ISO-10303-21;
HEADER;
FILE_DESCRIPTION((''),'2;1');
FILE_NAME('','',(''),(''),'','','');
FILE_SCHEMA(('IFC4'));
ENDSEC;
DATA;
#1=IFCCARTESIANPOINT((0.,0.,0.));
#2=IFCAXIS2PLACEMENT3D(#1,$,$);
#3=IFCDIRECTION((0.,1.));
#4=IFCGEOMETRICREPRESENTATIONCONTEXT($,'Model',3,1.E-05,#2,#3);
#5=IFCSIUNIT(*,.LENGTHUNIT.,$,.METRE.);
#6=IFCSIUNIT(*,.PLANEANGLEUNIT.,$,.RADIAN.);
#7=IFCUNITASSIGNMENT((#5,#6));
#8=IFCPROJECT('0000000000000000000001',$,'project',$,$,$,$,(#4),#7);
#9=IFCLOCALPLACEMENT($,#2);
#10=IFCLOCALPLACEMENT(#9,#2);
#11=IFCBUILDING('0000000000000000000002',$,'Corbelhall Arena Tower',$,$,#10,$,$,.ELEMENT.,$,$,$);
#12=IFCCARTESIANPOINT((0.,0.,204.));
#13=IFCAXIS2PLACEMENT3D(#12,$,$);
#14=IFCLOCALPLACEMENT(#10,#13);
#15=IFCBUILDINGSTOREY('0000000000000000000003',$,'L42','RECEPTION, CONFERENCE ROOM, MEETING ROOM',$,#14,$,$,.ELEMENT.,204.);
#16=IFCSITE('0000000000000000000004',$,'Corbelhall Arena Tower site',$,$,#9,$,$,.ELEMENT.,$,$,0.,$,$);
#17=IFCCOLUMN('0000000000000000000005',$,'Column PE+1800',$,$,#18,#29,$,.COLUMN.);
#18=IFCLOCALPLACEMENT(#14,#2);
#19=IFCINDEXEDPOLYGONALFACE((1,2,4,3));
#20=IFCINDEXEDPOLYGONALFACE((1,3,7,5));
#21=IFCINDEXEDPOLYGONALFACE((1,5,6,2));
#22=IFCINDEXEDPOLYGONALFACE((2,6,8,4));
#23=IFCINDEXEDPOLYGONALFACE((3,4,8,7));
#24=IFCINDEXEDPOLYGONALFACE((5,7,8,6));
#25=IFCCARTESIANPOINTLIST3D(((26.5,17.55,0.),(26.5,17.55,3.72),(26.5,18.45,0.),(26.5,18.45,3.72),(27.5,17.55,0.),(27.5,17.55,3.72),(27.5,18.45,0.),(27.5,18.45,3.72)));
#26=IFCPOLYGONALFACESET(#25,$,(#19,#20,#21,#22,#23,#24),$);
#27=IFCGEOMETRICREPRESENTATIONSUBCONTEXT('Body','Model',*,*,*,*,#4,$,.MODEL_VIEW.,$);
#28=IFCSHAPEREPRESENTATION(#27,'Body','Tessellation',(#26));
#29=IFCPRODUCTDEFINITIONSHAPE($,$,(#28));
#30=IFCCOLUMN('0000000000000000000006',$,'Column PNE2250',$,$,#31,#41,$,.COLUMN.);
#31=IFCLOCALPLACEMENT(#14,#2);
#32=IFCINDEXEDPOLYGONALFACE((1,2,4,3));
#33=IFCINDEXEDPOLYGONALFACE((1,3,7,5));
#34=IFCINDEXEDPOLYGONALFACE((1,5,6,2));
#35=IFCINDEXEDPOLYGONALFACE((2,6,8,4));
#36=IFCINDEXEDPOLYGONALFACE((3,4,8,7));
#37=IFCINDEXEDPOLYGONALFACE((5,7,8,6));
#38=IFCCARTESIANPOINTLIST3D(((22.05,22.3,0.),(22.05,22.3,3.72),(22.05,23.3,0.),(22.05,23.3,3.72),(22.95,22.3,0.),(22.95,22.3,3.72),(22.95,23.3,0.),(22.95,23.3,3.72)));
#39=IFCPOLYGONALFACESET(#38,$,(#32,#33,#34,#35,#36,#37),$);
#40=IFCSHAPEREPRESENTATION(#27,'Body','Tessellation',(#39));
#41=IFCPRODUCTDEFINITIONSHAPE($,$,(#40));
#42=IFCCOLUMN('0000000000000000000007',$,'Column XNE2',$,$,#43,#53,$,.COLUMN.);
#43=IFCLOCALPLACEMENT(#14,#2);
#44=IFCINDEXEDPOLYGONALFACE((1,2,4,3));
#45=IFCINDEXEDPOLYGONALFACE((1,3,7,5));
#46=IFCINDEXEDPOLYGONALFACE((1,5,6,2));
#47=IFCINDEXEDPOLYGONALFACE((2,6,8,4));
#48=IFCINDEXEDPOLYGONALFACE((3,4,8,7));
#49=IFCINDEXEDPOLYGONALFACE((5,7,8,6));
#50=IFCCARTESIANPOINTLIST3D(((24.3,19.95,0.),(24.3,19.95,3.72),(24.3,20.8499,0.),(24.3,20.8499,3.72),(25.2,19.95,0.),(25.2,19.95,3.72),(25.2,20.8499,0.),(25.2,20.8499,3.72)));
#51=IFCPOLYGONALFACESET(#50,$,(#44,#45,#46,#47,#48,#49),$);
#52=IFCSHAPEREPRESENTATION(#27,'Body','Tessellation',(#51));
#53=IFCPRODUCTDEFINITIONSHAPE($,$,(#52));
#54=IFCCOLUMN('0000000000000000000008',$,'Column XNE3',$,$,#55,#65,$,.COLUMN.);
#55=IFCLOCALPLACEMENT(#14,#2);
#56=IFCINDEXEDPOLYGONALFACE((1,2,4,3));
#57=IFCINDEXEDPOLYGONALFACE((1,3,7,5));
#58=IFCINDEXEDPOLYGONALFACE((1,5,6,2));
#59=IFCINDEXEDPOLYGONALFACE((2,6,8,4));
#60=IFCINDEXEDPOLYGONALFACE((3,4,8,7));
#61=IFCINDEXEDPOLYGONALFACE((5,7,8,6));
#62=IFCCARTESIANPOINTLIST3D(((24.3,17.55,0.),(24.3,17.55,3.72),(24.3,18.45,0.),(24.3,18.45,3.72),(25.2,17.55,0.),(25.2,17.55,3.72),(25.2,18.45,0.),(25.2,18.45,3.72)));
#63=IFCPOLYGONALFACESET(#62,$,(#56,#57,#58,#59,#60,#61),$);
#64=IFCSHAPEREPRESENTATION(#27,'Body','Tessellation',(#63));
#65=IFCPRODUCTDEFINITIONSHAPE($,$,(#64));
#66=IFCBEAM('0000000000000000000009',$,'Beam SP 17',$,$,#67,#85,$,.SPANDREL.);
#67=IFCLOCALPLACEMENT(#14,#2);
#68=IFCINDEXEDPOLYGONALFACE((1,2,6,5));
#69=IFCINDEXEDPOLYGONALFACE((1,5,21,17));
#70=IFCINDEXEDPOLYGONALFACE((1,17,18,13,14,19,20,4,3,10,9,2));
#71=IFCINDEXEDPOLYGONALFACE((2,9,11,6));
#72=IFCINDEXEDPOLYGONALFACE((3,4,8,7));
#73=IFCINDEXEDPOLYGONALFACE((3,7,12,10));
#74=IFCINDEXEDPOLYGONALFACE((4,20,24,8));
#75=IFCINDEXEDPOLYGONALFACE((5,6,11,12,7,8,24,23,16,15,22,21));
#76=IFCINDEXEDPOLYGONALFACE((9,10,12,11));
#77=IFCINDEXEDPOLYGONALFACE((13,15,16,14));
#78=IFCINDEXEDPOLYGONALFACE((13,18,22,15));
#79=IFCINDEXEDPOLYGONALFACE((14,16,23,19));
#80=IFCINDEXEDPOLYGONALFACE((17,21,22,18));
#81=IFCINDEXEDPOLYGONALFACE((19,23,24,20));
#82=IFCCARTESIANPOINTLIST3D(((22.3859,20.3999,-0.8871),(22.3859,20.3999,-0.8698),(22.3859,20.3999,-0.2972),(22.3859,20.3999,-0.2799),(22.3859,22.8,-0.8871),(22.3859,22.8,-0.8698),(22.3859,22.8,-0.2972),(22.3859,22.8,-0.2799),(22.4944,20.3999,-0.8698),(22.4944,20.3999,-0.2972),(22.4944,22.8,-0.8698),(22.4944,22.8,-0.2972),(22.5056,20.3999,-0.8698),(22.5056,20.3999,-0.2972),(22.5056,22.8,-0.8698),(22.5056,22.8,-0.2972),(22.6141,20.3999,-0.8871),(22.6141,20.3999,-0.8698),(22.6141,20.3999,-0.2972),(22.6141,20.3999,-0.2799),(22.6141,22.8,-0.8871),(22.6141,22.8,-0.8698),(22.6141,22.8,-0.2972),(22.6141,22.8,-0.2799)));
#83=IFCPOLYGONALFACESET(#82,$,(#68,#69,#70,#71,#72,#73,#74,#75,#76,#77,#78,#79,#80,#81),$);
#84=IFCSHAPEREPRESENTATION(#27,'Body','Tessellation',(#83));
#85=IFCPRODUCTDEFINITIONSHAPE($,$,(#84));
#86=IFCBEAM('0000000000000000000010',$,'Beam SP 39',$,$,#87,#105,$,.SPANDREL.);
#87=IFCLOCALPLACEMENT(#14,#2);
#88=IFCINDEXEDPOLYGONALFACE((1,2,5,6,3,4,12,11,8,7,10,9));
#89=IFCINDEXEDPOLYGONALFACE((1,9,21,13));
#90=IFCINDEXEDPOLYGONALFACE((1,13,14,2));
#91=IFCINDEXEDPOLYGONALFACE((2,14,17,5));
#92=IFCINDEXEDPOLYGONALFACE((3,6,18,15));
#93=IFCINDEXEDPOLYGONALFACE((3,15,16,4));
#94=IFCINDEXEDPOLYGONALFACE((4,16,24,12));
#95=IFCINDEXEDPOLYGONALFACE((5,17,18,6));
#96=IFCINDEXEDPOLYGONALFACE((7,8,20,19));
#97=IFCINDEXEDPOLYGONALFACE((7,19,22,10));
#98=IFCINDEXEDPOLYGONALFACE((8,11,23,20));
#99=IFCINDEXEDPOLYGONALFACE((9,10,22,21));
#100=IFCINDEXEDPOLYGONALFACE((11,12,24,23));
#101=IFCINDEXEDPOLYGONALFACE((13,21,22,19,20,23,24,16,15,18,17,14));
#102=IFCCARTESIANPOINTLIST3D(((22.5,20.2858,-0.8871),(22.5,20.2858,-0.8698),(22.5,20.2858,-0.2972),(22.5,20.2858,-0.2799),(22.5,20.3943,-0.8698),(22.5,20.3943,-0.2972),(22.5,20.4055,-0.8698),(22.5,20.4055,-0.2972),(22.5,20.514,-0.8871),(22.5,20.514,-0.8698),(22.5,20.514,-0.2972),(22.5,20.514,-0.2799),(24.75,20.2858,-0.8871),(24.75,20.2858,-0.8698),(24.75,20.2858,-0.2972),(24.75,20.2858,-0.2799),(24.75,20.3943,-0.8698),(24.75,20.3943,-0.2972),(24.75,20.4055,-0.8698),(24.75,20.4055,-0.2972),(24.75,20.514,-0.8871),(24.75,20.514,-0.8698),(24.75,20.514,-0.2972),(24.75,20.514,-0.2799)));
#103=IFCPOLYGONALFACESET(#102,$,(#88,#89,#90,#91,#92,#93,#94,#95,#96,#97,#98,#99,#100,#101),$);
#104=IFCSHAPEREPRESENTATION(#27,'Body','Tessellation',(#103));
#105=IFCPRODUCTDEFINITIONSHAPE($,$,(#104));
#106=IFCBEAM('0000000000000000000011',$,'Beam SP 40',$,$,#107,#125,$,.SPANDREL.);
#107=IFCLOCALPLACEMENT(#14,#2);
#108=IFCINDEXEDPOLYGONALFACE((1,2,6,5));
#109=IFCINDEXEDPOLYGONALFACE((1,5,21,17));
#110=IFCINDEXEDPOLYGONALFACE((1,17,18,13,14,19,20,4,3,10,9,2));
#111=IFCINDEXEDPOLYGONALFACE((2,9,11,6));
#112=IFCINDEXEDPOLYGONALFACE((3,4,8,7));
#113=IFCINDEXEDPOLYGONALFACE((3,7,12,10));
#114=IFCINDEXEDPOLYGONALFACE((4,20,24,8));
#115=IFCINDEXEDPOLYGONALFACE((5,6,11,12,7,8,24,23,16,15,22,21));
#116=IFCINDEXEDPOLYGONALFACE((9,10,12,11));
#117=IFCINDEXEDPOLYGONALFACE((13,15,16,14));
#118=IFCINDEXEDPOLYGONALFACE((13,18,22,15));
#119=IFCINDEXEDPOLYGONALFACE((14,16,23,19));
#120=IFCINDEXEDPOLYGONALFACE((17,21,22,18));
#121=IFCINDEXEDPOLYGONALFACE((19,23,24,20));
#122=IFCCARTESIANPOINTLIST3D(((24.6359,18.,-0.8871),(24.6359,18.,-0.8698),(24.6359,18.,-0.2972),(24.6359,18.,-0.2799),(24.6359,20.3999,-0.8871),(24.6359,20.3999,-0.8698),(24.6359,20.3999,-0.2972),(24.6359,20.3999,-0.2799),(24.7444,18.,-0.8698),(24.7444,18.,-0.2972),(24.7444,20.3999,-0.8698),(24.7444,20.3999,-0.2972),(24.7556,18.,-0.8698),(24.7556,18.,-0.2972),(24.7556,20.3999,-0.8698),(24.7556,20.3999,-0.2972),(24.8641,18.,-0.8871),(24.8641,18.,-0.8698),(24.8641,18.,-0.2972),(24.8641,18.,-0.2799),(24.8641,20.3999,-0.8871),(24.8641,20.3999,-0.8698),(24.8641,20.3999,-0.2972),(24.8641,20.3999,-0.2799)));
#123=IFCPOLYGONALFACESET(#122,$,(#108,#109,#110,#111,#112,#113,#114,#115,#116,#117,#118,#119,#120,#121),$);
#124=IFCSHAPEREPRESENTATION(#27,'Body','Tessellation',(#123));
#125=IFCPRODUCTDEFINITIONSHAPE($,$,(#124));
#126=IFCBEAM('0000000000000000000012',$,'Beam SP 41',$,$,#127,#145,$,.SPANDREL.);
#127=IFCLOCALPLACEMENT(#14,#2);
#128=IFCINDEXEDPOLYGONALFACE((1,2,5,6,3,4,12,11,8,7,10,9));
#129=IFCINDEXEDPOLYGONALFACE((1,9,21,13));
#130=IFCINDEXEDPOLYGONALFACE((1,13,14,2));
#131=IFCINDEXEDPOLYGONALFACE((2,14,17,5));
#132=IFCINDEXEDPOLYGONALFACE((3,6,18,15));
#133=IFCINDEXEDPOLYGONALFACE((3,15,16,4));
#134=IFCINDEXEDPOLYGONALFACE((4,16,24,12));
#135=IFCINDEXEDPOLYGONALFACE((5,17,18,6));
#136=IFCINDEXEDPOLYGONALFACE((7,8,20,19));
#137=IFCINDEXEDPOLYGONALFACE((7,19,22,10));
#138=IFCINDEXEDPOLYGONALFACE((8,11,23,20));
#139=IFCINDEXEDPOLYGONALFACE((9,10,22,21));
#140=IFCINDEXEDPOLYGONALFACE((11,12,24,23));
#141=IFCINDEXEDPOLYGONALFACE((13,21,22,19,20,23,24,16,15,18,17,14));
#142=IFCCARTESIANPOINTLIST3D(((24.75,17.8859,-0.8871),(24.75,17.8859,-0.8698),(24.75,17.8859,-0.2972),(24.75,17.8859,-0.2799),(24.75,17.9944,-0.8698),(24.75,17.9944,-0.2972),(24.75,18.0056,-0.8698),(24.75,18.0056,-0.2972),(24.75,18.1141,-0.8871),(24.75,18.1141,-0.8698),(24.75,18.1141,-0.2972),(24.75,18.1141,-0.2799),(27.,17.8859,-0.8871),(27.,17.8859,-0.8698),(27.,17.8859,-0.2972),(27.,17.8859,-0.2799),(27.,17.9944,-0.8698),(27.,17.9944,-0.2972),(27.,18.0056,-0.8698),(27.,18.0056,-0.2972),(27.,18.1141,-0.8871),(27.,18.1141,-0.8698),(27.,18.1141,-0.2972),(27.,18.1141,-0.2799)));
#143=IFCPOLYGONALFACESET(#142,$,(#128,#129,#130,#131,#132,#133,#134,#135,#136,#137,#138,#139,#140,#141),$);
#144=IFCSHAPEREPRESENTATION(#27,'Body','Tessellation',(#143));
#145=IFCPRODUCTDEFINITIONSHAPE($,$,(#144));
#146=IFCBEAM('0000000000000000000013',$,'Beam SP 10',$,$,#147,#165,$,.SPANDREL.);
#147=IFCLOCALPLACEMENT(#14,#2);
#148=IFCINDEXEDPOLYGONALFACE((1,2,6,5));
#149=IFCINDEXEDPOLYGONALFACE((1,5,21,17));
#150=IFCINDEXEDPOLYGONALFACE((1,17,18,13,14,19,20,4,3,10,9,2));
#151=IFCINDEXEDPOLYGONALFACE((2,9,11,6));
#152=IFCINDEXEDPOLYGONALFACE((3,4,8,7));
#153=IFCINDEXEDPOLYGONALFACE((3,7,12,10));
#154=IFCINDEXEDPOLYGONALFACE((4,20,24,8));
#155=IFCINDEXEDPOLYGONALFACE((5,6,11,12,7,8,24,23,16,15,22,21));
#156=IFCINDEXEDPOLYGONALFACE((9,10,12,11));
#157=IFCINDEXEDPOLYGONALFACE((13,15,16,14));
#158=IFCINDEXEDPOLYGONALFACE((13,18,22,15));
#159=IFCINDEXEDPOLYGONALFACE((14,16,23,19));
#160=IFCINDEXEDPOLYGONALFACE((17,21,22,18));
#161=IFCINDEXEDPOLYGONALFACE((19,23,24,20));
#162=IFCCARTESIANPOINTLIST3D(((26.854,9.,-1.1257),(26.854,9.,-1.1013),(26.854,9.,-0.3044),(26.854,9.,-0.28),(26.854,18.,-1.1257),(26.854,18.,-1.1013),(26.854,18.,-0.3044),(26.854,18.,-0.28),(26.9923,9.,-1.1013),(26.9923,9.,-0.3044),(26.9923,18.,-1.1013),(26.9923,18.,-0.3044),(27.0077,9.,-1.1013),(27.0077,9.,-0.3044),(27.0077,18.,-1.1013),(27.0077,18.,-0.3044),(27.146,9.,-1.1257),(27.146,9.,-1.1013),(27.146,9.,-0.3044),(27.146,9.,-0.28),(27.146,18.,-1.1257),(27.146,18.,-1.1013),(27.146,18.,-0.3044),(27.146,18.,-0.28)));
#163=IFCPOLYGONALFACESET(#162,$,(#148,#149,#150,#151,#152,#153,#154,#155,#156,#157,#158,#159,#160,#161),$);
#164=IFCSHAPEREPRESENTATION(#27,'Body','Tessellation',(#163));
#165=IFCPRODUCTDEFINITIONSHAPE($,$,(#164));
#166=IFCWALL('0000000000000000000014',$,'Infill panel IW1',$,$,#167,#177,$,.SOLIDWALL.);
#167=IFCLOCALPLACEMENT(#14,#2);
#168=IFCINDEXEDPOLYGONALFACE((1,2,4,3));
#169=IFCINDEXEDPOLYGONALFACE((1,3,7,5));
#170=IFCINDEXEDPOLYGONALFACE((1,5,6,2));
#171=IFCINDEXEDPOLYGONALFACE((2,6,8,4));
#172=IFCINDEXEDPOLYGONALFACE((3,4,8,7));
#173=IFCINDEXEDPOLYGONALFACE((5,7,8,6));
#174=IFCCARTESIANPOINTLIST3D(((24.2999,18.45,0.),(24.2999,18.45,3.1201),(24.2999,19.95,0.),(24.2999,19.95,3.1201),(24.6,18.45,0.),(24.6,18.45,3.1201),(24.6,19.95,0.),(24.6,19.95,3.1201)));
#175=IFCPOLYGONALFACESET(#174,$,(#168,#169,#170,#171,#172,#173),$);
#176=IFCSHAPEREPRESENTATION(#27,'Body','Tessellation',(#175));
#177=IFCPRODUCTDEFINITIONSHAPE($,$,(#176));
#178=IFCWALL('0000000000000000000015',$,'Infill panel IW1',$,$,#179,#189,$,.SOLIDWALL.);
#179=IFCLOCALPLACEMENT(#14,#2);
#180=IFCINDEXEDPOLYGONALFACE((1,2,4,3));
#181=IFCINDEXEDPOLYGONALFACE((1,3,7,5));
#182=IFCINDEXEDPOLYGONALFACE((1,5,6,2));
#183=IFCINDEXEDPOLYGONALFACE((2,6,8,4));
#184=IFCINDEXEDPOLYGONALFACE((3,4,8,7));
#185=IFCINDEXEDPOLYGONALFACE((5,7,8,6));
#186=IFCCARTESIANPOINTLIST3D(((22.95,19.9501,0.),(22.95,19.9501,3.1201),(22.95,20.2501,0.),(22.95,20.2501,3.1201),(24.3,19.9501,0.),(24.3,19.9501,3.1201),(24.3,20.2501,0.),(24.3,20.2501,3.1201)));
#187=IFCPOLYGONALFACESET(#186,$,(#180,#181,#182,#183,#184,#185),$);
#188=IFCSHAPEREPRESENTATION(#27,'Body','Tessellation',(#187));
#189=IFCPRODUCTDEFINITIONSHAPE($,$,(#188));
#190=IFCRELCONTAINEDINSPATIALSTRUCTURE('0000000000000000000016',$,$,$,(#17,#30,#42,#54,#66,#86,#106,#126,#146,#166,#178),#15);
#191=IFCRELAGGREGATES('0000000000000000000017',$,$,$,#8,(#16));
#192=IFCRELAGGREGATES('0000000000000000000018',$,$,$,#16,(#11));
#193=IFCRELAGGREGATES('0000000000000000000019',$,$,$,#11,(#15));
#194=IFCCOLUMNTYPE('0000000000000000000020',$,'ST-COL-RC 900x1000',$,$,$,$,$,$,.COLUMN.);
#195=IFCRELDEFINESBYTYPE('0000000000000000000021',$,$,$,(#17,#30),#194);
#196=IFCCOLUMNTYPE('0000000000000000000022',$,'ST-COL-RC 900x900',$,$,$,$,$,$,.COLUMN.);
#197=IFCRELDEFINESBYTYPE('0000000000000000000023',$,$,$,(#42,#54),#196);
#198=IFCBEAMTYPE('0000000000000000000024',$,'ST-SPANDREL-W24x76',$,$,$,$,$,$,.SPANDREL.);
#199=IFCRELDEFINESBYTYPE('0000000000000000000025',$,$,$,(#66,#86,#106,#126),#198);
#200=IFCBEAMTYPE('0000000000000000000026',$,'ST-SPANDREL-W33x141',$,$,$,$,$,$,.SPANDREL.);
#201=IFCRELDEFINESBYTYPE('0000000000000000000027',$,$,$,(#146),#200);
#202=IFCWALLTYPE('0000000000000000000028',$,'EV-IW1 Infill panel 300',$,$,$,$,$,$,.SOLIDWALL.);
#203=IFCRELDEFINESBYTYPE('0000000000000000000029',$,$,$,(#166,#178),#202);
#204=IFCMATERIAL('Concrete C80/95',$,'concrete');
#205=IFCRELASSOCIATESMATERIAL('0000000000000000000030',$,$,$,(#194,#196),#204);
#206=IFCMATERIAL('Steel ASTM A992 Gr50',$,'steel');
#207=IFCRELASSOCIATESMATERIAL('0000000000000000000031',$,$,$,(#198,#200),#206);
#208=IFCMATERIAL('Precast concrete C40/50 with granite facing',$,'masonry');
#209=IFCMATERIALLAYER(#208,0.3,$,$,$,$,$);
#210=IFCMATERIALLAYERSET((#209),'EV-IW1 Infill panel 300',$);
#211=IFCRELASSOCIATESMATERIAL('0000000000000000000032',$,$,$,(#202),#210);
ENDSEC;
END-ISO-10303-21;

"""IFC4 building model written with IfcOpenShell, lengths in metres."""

from ifc_helpers import new_model, si_unit, direction, frame, frame_2d, origin, origin_2d, place, context, subcontext, project, spatial, rectangle, i_section, extrude, material, layer, layer_set, material_profile, profile_set, type_object, element, save


model = new_model("IFC4")

# Units and contexts
model_context = context("Model", 3, precision=1e-05, world=origin(), true_north=direction((0.0, 1.0)))
body_context = subcontext(model_context, "Body", "Model", "MODEL_VIEW")
ifc_project = project(units=[si_unit("LENGTHUNIT", "METRE"), si_unit("PLANEANGLEUNIT", "RADIAN")], contexts=[model_context])

# Site, building, storey
site_placement = place(None, origin())
site = spatial("IfcSite", under=ifc_project, at=site_placement, Name="Corbelhall Arena Tower site", CompositionType="ELEMENT", RefElevation=0.0)
building_placement = place(site_placement, origin())
building = spatial("IfcBuilding", under=site, at=building_placement, Name="Corbelhall Arena Tower", CompositionType="ELEMENT")
storey_placement = place(building_placement, frame((0.0, 0.0, 204.0)))
storey = spatial("IfcBuildingStorey", under=building, at=storey_placement, Name="L42", Description="RECEPTION, CONFERENCE ROOM, MEETING ROOM", CompositionType="ELEMENT", Elevation=204.0)

# Columns
ifc_material_1 = material(Name="Concrete C80/95", Category="concrete")
ifc_material_profile_1 = material_profile(ifc_material_1, rectangle(XDim=0.8999, YDim=1.0, at=origin_2d()))
ifc_profile_set_1 = profile_set([ifc_material_profile_1], Name="Concrete C80/95")
column_type_1 = type_object("IfcColumnType", Name="ST-COL-RC 900x1000", PredefinedType="COLUMN", material=ifc_profile_set_1)
for number, where, z_axis, x_axis, name in (
    (1, (27.0, 18.0, 0.0), (0.0, 0.0, 1.0), (0.0, 1.0, 0.0), "Column PE+1800"),
    (2, (22.5, 22.8, 0.0), (0.0, 0.0, 1.0), (1.0, 0.0, 0.0), "Column PNE2250"),
):
    element("IfcColumn", number, at=place(storey_placement, frame(where, z_axis=z_axis, x_axis=x_axis)), inside=storey, type_object=column_type_1, Name=name, PredefinedType="COLUMN", context=body_context, shape_type="SweptSolid", body=[
        extrude(rectangle(XDim=0.8999, YDim=1.0, at=origin_2d()), origin(), (0.0, 0.0, 1.0), 3.72),
    ])
ifc_material_profile_2 = material_profile(ifc_material_1, rectangle(XDim=0.8999, YDim=0.8999, at=origin_2d()))
ifc_profile_set_2 = profile_set([ifc_material_profile_2], Name="Concrete C80/95")
column_type_2 = type_object("IfcColumnType", Name="ST-COL-RC 900x900", PredefinedType="COLUMN", material=ifc_profile_set_2)
for number, where, z_axis, x_axis, name in (
    (3, (24.75, 20.3999, 0.0), (0.0, 0.0, 1.0), (1.0, 0.0, 0.0), "Column XNE2"),
    (4, (24.75, 18.0, 0.0), (0.0, 0.0, 1.0), (1.0, 0.0, 0.0), "Column XNE3"),
):
    element("IfcColumn", number, at=place(storey_placement, frame(where, z_axis=z_axis, x_axis=x_axis)), inside=storey, type_object=column_type_2, Name=name, PredefinedType="COLUMN", context=body_context, shape_type="SweptSolid", body=[
        extrude(rectangle(XDim=0.8999, YDim=0.8999, at=origin_2d()), origin(), (0.0, 0.0, 1.0), 3.72),
    ])

# Beams
ifc_material_2 = material(Name="Steel ASTM A992 Gr50", Category="steel")
ifc_material_profile_3 = material_profile(ifc_material_2, i_section(OverallWidth=0.2283, OverallDepth=0.6072, WebThickness=0.0112, FlangeThickness=0.0173, at=origin_2d()))
ifc_profile_set_3 = profile_set([ifc_material_profile_3], Name="Steel ASTM A992 Gr50")
beam_type_1 = type_object("IfcBeamType", Name="ST-SPANDREL-W24x76", PredefinedType="SPANDREL", material=ifc_profile_set_3)
beam_1_placement = place(storey_placement, frame((22.5, 22.8, -0.5835), z_axis=(0.0, -1.0, 0.0), x_axis=(1.0, 0.0, 0.0)))
element("IfcBeam", 5, at=beam_1_placement, inside=storey, type_object=beam_type_1, Name="Beam SP 17", PredefinedType="SPANDREL", context=body_context, shape_type="SweptSolid", body=[
    extrude(i_section(OverallWidth=0.2283, OverallDepth=0.6072, WebThickness=0.0112, FlangeThickness=0.0173, at=origin_2d()), origin(), (0.0, 0.0, 1.0), 2.4001),
])
beam_2_placement = place(storey_placement, frame((22.5, 20.3999, -0.5835), z_axis=(1.0, 0.0, 0.0), x_axis=(0.0, 1.0, 0.0)))
element("IfcBeam", 6, at=beam_2_placement, inside=storey, type_object=beam_type_1, Name="Beam SP 39", PredefinedType="SPANDREL", context=body_context, shape_type="SweptSolid", body=[
    extrude(i_section(OverallWidth=0.2283, OverallDepth=0.6072, WebThickness=0.0112, FlangeThickness=0.0173, at=origin_2d()), origin(), (0.0, 0.0, 1.0), 2.25),
])
beam_3_placement = place(storey_placement, frame((24.75, 20.3999, -0.5835), z_axis=(0.0, -1.0, 0.0), x_axis=(1.0, 0.0, 0.0)))
element("IfcBeam", 7, at=beam_3_placement, inside=storey, type_object=beam_type_1, Name="Beam SP 40", PredefinedType="SPANDREL", context=body_context, shape_type="SweptSolid", body=[
    extrude(i_section(OverallWidth=0.2283, OverallDepth=0.6072, WebThickness=0.0112, FlangeThickness=0.0173, at=origin_2d()), origin(), (0.0, 0.0, 1.0), 2.3999),
])
beam_4_placement = place(storey_placement, frame((24.75, 18.0, -0.5835), z_axis=(1.0, 0.0, 0.0), x_axis=(0.0, 1.0, 0.0)))
element("IfcBeam", 8, at=beam_4_placement, inside=storey, type_object=beam_type_1, Name="Beam SP 41", PredefinedType="SPANDREL", context=body_context, shape_type="SweptSolid", body=[
    extrude(i_section(OverallWidth=0.2283, OverallDepth=0.6072, WebThickness=0.0112, FlangeThickness=0.0173, at=origin_2d()), origin(), (0.0, 0.0, 1.0), 2.25),
])
ifc_material_profile_4 = material_profile(ifc_material_2, i_section(OverallWidth=0.292, OverallDepth=0.8457, WebThickness=0.0154, FlangeThickness=0.0244, at=origin_2d()))
ifc_profile_set_4 = profile_set([ifc_material_profile_4], Name="Steel ASTM A992 Gr50")
beam_type_2 = type_object("IfcBeamType", Name="ST-SPANDREL-W33x141", PredefinedType="SPANDREL", material=ifc_profile_set_4)
beam_5_placement = place(storey_placement, frame((27.0, 18.0, -0.7029), z_axis=(0.0, -1.0, 0.0), x_axis=(1.0, 0.0, 0.0)))
element("IfcBeam", 9, at=beam_5_placement, inside=storey, type_object=beam_type_2, Name="Beam SP 10", PredefinedType="SPANDREL", context=body_context, shape_type="SweptSolid", body=[
    extrude(i_section(OverallWidth=0.292, OverallDepth=0.8457, WebThickness=0.0154, FlangeThickness=0.0244, at=origin_2d()), origin(), (0.0, 0.0, 1.0), 9.0),
])

# Walls
ifc_material_3 = material(Name="Precast concrete C40/50 with granite facing", Category="masonry")
ifc_layer_1 = layer(ifc_material_3, 0.3)
ifc_layer_set_1 = layer_set([ifc_layer_1], Name="EV-IW1 Infill panel 300")
wall_type_1 = type_object("IfcWallType", Name="EV-IW1 Infill panel 300", PredefinedType="SOLIDWALL", material=ifc_layer_set_1)
wall_1_placement = place(storey_placement, frame((24.45, 18.45, 0.0), z_axis=(0.0, 0.0, 1.0), x_axis=(0.0, 1.0, 0.0)))
element("IfcWall", 10, at=wall_1_placement, inside=storey, type_object=wall_type_1, Name="Infill panel IW1", PredefinedType="SOLIDWALL", context=body_context, shape_type="SweptSolid", body=[
    extrude(rectangle(XDim=1.5, YDim=0.3, at=frame_2d((0.75, 0.0))), origin(), (0.0, 0.0, 1.0), 3.1201),
])
wall_2_placement = place(storey_placement, frame((24.3, 20.1001, 0.0), z_axis=(0.0, 0.0, 1.0), x_axis=(-1.0, 0.0, 0.0)))
element("IfcWall", 11, at=wall_2_placement, inside=storey, type_object=wall_type_1, Name="Infill panel IW1", PredefinedType="SOLIDWALL", context=body_context, shape_type="SweptSolid", body=[
    extrude(rectangle(XDim=1.3501, YDim=0.3, at=frame_2d((0.675, 0.0))), origin(), (0.0, 0.0, 1.0), 3.1201),
])

save(model, "model.ifc")
